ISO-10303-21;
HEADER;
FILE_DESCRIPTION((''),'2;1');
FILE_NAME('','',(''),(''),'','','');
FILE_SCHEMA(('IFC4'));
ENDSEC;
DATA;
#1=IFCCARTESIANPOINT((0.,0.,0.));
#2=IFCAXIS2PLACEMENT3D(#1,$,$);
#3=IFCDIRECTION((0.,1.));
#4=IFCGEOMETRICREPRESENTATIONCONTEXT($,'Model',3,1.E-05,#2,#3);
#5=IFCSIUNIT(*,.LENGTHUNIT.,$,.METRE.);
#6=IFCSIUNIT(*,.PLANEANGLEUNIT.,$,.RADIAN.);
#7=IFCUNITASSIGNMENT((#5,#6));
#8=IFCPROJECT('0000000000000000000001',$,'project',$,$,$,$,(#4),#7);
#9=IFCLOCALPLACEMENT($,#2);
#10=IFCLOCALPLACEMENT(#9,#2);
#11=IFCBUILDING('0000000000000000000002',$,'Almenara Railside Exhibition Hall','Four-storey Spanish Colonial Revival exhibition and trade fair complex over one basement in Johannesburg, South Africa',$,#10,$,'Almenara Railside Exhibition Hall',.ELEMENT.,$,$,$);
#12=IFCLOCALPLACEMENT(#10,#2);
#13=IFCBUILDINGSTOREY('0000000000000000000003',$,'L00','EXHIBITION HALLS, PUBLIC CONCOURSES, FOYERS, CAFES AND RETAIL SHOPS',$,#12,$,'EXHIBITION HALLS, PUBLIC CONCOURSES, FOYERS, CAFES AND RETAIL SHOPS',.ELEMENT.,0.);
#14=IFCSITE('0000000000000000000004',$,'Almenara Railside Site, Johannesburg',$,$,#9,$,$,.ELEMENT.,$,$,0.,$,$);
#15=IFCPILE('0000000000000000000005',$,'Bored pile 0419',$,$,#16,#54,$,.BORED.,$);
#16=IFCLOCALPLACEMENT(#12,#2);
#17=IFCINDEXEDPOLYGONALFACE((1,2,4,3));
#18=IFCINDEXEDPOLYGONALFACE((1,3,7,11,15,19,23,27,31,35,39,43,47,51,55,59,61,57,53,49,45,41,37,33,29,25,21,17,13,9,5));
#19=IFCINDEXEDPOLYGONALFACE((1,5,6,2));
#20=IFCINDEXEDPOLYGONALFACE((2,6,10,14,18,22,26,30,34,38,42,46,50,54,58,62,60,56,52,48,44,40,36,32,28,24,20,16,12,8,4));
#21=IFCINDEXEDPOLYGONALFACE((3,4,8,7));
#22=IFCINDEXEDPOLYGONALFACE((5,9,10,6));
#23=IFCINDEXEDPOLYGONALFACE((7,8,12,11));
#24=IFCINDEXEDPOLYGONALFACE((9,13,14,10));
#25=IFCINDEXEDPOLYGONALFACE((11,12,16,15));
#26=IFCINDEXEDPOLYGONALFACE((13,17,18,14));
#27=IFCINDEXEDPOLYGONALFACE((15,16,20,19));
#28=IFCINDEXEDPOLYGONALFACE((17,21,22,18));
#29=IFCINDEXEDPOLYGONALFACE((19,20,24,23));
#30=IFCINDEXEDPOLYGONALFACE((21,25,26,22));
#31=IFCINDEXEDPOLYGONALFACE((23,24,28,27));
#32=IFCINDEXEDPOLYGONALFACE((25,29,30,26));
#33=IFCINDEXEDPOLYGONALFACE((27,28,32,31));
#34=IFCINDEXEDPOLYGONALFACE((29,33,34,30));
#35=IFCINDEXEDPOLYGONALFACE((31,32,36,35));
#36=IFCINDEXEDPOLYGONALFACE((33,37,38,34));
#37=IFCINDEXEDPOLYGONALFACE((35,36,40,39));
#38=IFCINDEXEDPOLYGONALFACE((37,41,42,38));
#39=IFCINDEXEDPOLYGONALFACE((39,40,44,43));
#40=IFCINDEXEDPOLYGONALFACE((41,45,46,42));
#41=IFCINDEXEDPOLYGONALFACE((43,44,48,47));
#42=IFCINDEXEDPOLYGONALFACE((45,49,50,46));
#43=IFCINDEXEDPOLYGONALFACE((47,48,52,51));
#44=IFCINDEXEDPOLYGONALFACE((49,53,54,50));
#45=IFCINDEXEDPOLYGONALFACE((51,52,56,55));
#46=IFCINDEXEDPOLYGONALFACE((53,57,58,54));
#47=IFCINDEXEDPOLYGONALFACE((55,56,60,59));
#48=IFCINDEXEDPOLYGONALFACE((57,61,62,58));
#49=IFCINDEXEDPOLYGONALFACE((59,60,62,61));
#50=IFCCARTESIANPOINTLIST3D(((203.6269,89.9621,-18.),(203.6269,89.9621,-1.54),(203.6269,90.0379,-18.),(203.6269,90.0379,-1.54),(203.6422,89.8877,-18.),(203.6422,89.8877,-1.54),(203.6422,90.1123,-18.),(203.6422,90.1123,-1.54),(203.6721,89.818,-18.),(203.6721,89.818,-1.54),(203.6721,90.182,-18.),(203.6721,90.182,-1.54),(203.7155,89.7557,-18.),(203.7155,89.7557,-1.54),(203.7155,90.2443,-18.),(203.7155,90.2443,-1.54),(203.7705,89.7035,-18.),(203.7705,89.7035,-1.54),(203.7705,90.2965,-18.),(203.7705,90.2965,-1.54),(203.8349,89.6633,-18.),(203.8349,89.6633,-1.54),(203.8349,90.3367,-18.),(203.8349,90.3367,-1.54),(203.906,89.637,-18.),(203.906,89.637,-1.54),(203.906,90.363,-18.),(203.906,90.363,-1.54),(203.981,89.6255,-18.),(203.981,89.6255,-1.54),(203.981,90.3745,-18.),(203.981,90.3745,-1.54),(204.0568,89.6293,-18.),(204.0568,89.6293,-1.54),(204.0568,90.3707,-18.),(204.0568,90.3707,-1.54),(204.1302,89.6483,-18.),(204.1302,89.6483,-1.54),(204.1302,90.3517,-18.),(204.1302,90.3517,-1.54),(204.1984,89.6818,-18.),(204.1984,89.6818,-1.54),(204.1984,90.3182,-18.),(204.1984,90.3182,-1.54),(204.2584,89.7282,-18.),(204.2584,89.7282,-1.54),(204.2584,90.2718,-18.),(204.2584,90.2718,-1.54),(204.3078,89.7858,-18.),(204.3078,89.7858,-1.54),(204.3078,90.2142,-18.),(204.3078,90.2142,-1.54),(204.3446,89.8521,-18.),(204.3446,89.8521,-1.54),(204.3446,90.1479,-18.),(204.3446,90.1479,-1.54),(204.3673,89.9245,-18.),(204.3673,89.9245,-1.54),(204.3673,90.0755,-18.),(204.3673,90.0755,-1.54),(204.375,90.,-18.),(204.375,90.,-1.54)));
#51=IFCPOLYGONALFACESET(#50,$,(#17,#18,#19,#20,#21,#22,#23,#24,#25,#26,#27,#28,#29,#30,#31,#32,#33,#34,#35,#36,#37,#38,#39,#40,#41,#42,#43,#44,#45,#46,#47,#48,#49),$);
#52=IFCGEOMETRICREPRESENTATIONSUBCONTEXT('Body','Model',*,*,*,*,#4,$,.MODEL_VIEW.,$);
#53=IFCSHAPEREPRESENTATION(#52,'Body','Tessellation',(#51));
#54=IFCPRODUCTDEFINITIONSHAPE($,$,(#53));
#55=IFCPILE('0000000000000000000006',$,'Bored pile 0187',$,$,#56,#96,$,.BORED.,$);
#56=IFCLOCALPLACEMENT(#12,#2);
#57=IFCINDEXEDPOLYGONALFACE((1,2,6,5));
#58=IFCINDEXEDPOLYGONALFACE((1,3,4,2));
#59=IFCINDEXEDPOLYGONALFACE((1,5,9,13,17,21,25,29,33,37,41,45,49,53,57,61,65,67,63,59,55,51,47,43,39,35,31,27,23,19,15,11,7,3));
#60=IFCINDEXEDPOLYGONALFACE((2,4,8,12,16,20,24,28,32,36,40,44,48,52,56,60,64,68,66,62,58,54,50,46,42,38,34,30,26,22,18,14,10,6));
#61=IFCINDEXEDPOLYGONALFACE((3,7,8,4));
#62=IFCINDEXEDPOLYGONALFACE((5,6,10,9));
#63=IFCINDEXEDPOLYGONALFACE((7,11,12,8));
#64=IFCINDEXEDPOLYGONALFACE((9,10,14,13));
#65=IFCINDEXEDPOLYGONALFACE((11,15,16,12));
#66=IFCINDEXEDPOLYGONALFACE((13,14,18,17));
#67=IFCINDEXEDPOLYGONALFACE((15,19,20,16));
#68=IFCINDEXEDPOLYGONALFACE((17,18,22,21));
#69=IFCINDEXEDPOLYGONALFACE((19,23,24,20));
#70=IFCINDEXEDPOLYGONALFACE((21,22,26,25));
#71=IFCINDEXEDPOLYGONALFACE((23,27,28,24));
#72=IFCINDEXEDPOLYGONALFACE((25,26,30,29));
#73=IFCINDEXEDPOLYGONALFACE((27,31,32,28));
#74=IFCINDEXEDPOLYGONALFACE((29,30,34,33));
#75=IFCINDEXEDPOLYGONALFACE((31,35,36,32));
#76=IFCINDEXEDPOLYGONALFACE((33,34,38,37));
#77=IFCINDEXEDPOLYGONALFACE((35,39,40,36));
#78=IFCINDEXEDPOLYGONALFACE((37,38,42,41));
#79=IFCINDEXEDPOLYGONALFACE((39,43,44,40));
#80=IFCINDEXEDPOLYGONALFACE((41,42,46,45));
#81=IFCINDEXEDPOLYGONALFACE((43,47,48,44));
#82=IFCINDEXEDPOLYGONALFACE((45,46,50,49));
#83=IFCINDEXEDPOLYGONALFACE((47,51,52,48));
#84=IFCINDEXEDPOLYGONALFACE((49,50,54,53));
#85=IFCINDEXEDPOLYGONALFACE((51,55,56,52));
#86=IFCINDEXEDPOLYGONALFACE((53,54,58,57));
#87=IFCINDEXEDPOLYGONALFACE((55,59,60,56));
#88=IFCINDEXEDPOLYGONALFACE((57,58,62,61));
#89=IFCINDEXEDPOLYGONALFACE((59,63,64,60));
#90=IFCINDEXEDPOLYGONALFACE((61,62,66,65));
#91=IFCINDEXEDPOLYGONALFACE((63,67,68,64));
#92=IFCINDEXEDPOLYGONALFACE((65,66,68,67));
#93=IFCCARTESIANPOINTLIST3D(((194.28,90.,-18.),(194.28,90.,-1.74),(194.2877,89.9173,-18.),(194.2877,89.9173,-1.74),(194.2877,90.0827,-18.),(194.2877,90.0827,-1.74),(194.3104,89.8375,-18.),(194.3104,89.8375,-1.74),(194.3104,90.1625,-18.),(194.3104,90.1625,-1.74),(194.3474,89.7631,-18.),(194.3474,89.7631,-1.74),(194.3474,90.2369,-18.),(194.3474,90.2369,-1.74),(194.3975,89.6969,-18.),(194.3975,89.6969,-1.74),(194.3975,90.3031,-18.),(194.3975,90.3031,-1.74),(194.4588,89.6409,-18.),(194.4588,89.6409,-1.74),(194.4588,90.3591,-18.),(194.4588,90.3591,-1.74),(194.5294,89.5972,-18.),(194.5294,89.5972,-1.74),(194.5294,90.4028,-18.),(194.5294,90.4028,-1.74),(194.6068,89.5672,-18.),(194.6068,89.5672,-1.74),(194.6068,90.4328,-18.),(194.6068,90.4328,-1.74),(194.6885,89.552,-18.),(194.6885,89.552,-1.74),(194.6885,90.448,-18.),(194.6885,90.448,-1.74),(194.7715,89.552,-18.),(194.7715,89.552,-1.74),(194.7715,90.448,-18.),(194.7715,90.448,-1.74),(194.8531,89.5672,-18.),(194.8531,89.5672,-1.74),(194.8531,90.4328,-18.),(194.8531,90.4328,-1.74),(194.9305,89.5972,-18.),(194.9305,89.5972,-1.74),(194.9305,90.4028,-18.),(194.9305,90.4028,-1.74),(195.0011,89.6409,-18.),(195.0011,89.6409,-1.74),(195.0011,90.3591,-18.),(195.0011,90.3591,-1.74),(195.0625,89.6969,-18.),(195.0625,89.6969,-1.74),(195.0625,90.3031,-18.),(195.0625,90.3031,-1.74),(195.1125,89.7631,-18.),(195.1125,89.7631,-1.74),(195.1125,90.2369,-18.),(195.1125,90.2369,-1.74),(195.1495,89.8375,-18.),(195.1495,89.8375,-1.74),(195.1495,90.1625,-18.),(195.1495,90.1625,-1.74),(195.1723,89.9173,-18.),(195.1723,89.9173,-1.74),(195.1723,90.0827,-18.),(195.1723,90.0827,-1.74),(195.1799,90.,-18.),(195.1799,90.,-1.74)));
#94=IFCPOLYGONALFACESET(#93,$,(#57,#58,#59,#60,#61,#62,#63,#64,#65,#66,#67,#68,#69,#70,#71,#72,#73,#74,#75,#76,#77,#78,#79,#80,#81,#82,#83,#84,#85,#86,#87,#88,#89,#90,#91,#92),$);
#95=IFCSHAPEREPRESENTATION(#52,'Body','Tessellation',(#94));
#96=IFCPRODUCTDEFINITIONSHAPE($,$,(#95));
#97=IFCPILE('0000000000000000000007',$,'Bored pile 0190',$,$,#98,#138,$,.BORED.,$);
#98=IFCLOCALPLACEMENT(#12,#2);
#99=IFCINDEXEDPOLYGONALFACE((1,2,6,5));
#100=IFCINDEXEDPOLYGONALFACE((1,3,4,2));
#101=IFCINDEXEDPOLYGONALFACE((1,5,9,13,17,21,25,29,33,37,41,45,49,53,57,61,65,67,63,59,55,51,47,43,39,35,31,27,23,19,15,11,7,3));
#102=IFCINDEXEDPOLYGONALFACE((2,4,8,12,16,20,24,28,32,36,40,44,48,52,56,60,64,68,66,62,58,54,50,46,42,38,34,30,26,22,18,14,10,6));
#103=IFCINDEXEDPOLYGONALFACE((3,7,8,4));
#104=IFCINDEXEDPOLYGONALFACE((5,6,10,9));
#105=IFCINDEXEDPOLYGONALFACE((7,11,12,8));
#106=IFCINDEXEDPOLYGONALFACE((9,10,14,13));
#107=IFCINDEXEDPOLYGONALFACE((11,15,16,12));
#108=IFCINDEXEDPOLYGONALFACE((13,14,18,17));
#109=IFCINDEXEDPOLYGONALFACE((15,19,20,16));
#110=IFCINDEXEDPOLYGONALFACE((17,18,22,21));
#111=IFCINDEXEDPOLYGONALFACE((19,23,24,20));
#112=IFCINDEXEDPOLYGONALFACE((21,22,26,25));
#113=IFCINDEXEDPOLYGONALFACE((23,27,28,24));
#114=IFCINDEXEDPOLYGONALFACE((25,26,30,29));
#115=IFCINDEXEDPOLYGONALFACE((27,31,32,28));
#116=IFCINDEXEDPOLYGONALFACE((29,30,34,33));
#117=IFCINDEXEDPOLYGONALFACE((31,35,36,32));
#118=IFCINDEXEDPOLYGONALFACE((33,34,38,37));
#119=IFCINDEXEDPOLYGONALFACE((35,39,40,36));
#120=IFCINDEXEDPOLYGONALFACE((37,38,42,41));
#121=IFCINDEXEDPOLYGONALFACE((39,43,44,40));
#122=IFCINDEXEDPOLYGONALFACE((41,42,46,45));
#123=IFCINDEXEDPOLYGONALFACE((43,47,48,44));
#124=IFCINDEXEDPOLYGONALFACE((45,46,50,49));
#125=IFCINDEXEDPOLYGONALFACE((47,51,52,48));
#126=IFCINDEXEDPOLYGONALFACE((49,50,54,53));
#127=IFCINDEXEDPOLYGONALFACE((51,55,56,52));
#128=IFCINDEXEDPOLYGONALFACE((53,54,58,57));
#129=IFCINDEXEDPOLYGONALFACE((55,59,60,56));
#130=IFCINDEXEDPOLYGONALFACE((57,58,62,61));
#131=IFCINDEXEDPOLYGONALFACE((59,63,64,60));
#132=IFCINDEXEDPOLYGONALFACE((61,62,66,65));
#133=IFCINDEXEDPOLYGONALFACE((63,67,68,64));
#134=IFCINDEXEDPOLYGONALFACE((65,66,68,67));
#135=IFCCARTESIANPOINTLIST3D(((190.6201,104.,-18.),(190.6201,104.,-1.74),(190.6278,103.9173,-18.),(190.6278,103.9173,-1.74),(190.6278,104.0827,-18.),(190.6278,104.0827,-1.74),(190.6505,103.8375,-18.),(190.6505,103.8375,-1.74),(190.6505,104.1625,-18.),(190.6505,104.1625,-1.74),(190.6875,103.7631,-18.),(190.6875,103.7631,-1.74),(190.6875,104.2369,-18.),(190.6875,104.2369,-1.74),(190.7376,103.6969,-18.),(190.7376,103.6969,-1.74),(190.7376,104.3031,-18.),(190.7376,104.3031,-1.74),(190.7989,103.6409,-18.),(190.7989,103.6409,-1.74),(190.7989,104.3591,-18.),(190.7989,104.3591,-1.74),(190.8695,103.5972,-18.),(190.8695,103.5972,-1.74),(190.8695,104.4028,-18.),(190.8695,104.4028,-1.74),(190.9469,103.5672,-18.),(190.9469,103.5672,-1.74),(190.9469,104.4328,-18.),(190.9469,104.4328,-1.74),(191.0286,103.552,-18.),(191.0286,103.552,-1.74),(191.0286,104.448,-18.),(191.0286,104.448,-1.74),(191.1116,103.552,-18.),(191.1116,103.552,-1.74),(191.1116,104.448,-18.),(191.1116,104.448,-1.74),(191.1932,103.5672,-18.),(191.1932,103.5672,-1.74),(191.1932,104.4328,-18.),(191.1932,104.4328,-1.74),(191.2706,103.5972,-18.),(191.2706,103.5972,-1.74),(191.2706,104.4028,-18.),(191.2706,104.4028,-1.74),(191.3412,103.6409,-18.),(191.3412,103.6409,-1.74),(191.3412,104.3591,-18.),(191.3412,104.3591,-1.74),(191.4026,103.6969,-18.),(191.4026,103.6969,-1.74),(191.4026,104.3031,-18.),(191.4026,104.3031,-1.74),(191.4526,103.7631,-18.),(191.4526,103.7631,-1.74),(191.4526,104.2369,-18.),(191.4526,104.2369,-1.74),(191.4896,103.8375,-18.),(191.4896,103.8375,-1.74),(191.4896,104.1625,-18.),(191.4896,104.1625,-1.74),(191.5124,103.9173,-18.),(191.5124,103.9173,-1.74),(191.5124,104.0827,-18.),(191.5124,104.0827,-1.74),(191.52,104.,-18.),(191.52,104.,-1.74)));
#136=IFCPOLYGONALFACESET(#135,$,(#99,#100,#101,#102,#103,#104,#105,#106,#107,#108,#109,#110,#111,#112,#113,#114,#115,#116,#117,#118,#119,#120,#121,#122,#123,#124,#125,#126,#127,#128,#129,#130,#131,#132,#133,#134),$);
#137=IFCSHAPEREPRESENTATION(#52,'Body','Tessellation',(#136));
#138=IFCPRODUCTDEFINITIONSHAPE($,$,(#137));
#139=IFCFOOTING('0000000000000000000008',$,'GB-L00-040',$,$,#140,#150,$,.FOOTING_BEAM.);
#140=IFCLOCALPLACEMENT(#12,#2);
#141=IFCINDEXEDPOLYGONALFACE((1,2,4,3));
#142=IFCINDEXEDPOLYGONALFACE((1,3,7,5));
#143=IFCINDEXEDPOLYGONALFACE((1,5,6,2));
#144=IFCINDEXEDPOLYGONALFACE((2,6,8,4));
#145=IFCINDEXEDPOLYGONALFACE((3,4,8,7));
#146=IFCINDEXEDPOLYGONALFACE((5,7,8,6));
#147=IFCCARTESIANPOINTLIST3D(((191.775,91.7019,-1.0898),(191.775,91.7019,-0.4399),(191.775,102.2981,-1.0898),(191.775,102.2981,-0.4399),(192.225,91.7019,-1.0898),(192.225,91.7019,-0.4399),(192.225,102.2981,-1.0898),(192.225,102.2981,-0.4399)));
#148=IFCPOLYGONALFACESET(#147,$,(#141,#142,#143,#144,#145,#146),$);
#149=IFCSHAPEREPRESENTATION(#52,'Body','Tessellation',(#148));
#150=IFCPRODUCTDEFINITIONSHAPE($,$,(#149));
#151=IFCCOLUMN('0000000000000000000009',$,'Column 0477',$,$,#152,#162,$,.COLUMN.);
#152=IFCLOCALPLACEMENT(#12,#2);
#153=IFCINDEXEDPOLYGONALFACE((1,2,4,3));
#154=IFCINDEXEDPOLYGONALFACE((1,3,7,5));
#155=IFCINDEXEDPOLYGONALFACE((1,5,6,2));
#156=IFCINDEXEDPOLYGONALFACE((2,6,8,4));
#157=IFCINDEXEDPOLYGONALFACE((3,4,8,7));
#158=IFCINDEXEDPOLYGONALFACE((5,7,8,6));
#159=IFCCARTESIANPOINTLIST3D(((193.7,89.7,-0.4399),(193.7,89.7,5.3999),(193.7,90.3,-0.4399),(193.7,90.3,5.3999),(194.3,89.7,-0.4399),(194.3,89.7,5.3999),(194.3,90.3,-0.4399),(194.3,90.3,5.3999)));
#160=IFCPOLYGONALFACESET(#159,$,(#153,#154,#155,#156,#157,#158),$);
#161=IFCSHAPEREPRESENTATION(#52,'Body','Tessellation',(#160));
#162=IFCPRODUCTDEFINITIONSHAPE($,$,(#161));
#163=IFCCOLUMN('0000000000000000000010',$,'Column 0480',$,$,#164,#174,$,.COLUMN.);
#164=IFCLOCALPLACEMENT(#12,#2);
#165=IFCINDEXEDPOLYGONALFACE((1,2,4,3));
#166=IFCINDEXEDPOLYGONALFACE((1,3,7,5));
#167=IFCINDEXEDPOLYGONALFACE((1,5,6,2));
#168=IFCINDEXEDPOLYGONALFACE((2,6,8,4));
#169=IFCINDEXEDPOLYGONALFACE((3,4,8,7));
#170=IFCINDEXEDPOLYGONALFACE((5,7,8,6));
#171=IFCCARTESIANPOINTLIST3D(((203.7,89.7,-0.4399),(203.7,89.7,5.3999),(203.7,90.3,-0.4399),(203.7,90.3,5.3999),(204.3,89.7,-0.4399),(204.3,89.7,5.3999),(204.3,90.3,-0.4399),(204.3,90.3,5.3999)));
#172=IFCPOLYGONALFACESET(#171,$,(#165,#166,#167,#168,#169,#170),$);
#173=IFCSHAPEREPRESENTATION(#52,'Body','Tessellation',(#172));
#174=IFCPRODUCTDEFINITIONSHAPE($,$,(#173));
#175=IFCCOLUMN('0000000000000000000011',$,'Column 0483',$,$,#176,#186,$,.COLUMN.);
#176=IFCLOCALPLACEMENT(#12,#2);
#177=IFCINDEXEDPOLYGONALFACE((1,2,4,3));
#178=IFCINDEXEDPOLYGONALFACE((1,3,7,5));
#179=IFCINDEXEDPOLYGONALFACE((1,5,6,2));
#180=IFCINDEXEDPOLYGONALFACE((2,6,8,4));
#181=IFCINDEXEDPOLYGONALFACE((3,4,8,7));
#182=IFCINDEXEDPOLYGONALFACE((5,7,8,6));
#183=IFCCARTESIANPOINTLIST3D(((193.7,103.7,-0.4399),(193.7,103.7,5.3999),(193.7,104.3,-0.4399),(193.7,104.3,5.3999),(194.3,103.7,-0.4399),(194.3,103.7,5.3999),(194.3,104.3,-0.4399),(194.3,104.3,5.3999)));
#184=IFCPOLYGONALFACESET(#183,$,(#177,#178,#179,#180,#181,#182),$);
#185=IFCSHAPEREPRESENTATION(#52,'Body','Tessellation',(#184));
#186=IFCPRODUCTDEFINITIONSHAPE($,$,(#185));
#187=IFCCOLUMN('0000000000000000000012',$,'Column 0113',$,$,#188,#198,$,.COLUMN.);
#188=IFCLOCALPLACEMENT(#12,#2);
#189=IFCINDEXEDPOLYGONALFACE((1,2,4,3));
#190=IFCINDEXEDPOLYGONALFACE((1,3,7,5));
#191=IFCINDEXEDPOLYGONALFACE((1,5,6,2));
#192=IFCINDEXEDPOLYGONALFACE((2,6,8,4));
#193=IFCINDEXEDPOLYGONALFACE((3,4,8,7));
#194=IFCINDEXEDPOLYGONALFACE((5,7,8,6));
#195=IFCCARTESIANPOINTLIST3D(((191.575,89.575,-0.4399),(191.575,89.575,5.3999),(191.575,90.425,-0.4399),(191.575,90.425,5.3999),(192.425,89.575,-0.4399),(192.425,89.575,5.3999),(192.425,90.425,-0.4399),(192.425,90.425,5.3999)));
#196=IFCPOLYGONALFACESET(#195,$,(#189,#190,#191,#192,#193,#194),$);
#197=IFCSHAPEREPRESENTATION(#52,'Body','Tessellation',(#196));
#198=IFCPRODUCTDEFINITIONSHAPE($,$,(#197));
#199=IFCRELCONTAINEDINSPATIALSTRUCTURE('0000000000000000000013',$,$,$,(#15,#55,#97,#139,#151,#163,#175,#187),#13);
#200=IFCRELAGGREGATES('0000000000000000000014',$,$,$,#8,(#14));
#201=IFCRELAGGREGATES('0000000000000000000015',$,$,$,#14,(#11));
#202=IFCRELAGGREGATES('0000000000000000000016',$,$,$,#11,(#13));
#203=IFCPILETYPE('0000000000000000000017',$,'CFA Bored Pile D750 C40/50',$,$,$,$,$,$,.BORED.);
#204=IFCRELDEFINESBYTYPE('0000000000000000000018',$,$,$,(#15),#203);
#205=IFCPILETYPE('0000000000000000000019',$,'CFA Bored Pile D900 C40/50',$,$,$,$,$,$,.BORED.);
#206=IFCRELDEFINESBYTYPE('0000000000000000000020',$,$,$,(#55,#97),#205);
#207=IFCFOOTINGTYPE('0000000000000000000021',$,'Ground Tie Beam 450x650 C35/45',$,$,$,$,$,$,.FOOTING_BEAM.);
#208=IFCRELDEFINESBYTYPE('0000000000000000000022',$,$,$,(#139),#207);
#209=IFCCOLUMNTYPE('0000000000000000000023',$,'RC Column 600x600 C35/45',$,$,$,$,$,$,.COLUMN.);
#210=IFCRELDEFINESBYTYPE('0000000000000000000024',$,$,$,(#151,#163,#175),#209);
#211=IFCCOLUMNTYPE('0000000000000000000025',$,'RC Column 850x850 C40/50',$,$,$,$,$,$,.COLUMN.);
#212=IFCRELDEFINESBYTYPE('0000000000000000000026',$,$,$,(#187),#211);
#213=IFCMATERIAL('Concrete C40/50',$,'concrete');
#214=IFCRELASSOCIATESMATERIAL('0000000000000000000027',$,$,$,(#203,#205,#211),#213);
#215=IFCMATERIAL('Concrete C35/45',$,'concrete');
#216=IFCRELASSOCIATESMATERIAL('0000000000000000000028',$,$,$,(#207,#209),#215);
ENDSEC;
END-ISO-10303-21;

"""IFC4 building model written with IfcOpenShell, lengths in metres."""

from ifc_helpers import new_model, si_unit, direction, frame, origin, origin_2d, place, context, subcontext, project, spatial, rectangle, circle, extrude, material, material_profile, profile_set, type_object, element, save


model = new_model("IFC4")

# Units and contexts
model_context = context("Model", 3, precision=1e-05, world=origin(), true_north=direction((0.0, 1.0)))
body_context = subcontext(model_context, "Body", "Model", "MODEL_VIEW")
ifc_project = project(units=[si_unit("LENGTHUNIT", "METRE"), si_unit("PLANEANGLEUNIT", "RADIAN")], contexts=[model_context])

# Site, building, storey
site_placement = place(None, origin())
site = spatial("IfcSite", under=ifc_project, at=site_placement, Name="Almenara Railside Site, Johannesburg", CompositionType="ELEMENT", RefElevation=0.0)
building_placement = place(site_placement, origin())
building = spatial("IfcBuilding", under=site, at=building_placement, Name="Almenara Railside Exhibition Hall", Description="Four-storey Spanish Colonial Revival exhibition and trade fair complex over one basement in Johannesburg, South Africa", LongName="Almenara Railside Exhibition Hall", CompositionType="ELEMENT")
storey_placement = place(building_placement, origin())
storey = spatial("IfcBuildingStorey", under=building, at=storey_placement, Name="L00", Description="EXHIBITION HALLS, PUBLIC CONCOURSES, FOYERS, CAFES AND RETAIL SHOPS", LongName="EXHIBITION HALLS, PUBLIC CONCOURSES, FOYERS, CAFES AND RETAIL SHOPS", CompositionType="ELEMENT", Elevation=0.0)

# Piles
ifc_material_1 = material(Name="Concrete C40/50", Category="concrete")
ifc_material_profile_1 = material_profile(ifc_material_1, circle(Radius=0.375, at=origin_2d()), Name="CFA-PILE D750")
ifc_profile_set_1 = profile_set([ifc_material_profile_1], Name="Concrete C40/50")
pile_type_1 = type_object("IfcPileType", Name="CFA Bored Pile D750 C40/50", PredefinedType="BORED", material=ifc_profile_set_1)
pile_placement = place(storey_placement, frame((204.0, 90.0, -1.54), z_axis=(0.0, 0.0, -1.0), x_axis=(1.0, 0.0, 0.0)))
element("IfcPile", 1, at=pile_placement, inside=storey, type_object=pile_type_1, Name="Bored pile 0419", PredefinedType="BORED", context=body_context, shape_type="SweptSolid", body=[
    extrude(circle(Radius=0.375, at=origin_2d()), origin(), (0.0, 0.0, 1.0), 16.46),
])
ifc_material_profile_2 = material_profile(ifc_material_1, circle(Radius=0.45, at=origin_2d()), Name="CFA-PILE D900")
ifc_profile_set_2 = profile_set([ifc_material_profile_2], Name="Concrete C40/50")
pile_type_2 = type_object("IfcPileType", Name="CFA Bored Pile D900 C40/50", PredefinedType="BORED", material=ifc_profile_set_2)
for number, where, z_axis, x_axis, name in (
    (2, (194.73, 90.0, -1.74), (0.0, 0.0, -1.0), (1.0, 0.0, 0.0), "Bored pile 0187"),
    (3, (191.0701, 104.0, -1.74), (0.0, 0.0, -1.0), (1.0, 0.0, 0.0), "Bored pile 0190"),
):
    element("IfcPile", number, at=place(storey_placement, frame(where, z_axis=z_axis, x_axis=x_axis)), inside=storey, type_object=pile_type_2, Name=name, PredefinedType="BORED", context=body_context, shape_type="SweptSolid", body=[
        extrude(circle(Radius=0.45, at=origin_2d()), origin(), (0.0, 0.0, 1.0), 16.26),
    ])

# Footing
ifc_material_2 = material(Name="Concrete C35/45", Category="concrete")
ifc_material_profile_3 = material_profile(ifc_material_2, rectangle(XDim=0.45, YDim=0.6499, at=origin_2d()), Name="RC-GB 450x650")
ifc_profile_set_3 = profile_set([ifc_material_profile_3], Name="Concrete C35/45")
footing_type = type_object("IfcFootingType", Name="Ground Tie Beam 450x650 C35/45", PredefinedType="FOOTING_BEAM", material=ifc_profile_set_3)
footing_placement = place(storey_placement, frame((192.0, 91.7019, -0.7649), z_axis=(0.0, 1.0, 0.0), x_axis=(-1.0, 0.0, 0.0)))
element("IfcFooting", 4, at=footing_placement, inside=storey, type_object=footing_type, Name="GB-L00-040", PredefinedType="FOOTING_BEAM", context=body_context, shape_type="SweptSolid", body=[
    extrude(rectangle(XDim=0.45, YDim=0.6499, at=origin_2d()), origin(), (0.0, 0.0, 1.0), 10.5962),
])

# Columns
ifc_material_profile_4 = material_profile(ifc_material_2, rectangle(XDim=0.6001, YDim=0.6001, at=origin_2d()), Name="RC 600x600")
ifc_profile_set_4 = profile_set([ifc_material_profile_4], Name="Concrete C35/45")
column_type_1 = type_object("IfcColumnType", Name="RC Column 600x600 C35/45", PredefinedType="COLUMN", material=ifc_profile_set_4)
for number, where, z_axis, x_axis, name in (
    (5, (194.0, 90.0, -0.4399), (0.0, 0.0, 1.0), (1.0, 0.0, 0.0), "Column 0477"),
    (6, (204.0, 90.0, -0.4399), (0.0, 0.0, 1.0), (1.0, 0.0, 0.0), "Column 0480"),
    (7, (194.0, 104.0, -0.4399), (0.0, 0.0, 1.0), (1.0, 0.0, 0.0), "Column 0483"),
):
    element("IfcColumn", number, at=place(storey_placement, frame(where, z_axis=z_axis, x_axis=x_axis)), inside=storey, type_object=column_type_1, Name=name, PredefinedType="COLUMN", context=body_context, shape_type="SweptSolid", body=[
        extrude(rectangle(XDim=0.6001, YDim=0.6001, at=origin_2d()), origin(), (0.0, 0.0, 1.0), 5.8398),
    ])
ifc_material_profile_5 = material_profile(ifc_material_1, rectangle(XDim=0.8501, YDim=0.8501, at=origin_2d()), Name="RC 850x850")
ifc_profile_set_5 = profile_set([ifc_material_profile_5], Name="Concrete C40/50")
column_type_2 = type_object("IfcColumnType", Name="RC Column 850x850 C40/50", PredefinedType="COLUMN", material=ifc_profile_set_5)
for number, where, z_axis, x_axis, name in (
    (8, (192.0, 90.0, -0.4399), (0.0, 0.0, 1.0), (1.0, 0.0, 0.0), "Column 0113"),
):
    element("IfcColumn", number, at=place(storey_placement, frame(where, z_axis=z_axis, x_axis=x_axis)), inside=storey, type_object=column_type_2, Name=name, PredefinedType="COLUMN", context=body_context, shape_type="SweptSolid", body=[
        extrude(rectangle(XDim=0.8501, YDim=0.8501, at=origin_2d()), origin(), (0.0, 0.0, 1.0), 5.8398),
    ])

save(model, "model.ifc")
